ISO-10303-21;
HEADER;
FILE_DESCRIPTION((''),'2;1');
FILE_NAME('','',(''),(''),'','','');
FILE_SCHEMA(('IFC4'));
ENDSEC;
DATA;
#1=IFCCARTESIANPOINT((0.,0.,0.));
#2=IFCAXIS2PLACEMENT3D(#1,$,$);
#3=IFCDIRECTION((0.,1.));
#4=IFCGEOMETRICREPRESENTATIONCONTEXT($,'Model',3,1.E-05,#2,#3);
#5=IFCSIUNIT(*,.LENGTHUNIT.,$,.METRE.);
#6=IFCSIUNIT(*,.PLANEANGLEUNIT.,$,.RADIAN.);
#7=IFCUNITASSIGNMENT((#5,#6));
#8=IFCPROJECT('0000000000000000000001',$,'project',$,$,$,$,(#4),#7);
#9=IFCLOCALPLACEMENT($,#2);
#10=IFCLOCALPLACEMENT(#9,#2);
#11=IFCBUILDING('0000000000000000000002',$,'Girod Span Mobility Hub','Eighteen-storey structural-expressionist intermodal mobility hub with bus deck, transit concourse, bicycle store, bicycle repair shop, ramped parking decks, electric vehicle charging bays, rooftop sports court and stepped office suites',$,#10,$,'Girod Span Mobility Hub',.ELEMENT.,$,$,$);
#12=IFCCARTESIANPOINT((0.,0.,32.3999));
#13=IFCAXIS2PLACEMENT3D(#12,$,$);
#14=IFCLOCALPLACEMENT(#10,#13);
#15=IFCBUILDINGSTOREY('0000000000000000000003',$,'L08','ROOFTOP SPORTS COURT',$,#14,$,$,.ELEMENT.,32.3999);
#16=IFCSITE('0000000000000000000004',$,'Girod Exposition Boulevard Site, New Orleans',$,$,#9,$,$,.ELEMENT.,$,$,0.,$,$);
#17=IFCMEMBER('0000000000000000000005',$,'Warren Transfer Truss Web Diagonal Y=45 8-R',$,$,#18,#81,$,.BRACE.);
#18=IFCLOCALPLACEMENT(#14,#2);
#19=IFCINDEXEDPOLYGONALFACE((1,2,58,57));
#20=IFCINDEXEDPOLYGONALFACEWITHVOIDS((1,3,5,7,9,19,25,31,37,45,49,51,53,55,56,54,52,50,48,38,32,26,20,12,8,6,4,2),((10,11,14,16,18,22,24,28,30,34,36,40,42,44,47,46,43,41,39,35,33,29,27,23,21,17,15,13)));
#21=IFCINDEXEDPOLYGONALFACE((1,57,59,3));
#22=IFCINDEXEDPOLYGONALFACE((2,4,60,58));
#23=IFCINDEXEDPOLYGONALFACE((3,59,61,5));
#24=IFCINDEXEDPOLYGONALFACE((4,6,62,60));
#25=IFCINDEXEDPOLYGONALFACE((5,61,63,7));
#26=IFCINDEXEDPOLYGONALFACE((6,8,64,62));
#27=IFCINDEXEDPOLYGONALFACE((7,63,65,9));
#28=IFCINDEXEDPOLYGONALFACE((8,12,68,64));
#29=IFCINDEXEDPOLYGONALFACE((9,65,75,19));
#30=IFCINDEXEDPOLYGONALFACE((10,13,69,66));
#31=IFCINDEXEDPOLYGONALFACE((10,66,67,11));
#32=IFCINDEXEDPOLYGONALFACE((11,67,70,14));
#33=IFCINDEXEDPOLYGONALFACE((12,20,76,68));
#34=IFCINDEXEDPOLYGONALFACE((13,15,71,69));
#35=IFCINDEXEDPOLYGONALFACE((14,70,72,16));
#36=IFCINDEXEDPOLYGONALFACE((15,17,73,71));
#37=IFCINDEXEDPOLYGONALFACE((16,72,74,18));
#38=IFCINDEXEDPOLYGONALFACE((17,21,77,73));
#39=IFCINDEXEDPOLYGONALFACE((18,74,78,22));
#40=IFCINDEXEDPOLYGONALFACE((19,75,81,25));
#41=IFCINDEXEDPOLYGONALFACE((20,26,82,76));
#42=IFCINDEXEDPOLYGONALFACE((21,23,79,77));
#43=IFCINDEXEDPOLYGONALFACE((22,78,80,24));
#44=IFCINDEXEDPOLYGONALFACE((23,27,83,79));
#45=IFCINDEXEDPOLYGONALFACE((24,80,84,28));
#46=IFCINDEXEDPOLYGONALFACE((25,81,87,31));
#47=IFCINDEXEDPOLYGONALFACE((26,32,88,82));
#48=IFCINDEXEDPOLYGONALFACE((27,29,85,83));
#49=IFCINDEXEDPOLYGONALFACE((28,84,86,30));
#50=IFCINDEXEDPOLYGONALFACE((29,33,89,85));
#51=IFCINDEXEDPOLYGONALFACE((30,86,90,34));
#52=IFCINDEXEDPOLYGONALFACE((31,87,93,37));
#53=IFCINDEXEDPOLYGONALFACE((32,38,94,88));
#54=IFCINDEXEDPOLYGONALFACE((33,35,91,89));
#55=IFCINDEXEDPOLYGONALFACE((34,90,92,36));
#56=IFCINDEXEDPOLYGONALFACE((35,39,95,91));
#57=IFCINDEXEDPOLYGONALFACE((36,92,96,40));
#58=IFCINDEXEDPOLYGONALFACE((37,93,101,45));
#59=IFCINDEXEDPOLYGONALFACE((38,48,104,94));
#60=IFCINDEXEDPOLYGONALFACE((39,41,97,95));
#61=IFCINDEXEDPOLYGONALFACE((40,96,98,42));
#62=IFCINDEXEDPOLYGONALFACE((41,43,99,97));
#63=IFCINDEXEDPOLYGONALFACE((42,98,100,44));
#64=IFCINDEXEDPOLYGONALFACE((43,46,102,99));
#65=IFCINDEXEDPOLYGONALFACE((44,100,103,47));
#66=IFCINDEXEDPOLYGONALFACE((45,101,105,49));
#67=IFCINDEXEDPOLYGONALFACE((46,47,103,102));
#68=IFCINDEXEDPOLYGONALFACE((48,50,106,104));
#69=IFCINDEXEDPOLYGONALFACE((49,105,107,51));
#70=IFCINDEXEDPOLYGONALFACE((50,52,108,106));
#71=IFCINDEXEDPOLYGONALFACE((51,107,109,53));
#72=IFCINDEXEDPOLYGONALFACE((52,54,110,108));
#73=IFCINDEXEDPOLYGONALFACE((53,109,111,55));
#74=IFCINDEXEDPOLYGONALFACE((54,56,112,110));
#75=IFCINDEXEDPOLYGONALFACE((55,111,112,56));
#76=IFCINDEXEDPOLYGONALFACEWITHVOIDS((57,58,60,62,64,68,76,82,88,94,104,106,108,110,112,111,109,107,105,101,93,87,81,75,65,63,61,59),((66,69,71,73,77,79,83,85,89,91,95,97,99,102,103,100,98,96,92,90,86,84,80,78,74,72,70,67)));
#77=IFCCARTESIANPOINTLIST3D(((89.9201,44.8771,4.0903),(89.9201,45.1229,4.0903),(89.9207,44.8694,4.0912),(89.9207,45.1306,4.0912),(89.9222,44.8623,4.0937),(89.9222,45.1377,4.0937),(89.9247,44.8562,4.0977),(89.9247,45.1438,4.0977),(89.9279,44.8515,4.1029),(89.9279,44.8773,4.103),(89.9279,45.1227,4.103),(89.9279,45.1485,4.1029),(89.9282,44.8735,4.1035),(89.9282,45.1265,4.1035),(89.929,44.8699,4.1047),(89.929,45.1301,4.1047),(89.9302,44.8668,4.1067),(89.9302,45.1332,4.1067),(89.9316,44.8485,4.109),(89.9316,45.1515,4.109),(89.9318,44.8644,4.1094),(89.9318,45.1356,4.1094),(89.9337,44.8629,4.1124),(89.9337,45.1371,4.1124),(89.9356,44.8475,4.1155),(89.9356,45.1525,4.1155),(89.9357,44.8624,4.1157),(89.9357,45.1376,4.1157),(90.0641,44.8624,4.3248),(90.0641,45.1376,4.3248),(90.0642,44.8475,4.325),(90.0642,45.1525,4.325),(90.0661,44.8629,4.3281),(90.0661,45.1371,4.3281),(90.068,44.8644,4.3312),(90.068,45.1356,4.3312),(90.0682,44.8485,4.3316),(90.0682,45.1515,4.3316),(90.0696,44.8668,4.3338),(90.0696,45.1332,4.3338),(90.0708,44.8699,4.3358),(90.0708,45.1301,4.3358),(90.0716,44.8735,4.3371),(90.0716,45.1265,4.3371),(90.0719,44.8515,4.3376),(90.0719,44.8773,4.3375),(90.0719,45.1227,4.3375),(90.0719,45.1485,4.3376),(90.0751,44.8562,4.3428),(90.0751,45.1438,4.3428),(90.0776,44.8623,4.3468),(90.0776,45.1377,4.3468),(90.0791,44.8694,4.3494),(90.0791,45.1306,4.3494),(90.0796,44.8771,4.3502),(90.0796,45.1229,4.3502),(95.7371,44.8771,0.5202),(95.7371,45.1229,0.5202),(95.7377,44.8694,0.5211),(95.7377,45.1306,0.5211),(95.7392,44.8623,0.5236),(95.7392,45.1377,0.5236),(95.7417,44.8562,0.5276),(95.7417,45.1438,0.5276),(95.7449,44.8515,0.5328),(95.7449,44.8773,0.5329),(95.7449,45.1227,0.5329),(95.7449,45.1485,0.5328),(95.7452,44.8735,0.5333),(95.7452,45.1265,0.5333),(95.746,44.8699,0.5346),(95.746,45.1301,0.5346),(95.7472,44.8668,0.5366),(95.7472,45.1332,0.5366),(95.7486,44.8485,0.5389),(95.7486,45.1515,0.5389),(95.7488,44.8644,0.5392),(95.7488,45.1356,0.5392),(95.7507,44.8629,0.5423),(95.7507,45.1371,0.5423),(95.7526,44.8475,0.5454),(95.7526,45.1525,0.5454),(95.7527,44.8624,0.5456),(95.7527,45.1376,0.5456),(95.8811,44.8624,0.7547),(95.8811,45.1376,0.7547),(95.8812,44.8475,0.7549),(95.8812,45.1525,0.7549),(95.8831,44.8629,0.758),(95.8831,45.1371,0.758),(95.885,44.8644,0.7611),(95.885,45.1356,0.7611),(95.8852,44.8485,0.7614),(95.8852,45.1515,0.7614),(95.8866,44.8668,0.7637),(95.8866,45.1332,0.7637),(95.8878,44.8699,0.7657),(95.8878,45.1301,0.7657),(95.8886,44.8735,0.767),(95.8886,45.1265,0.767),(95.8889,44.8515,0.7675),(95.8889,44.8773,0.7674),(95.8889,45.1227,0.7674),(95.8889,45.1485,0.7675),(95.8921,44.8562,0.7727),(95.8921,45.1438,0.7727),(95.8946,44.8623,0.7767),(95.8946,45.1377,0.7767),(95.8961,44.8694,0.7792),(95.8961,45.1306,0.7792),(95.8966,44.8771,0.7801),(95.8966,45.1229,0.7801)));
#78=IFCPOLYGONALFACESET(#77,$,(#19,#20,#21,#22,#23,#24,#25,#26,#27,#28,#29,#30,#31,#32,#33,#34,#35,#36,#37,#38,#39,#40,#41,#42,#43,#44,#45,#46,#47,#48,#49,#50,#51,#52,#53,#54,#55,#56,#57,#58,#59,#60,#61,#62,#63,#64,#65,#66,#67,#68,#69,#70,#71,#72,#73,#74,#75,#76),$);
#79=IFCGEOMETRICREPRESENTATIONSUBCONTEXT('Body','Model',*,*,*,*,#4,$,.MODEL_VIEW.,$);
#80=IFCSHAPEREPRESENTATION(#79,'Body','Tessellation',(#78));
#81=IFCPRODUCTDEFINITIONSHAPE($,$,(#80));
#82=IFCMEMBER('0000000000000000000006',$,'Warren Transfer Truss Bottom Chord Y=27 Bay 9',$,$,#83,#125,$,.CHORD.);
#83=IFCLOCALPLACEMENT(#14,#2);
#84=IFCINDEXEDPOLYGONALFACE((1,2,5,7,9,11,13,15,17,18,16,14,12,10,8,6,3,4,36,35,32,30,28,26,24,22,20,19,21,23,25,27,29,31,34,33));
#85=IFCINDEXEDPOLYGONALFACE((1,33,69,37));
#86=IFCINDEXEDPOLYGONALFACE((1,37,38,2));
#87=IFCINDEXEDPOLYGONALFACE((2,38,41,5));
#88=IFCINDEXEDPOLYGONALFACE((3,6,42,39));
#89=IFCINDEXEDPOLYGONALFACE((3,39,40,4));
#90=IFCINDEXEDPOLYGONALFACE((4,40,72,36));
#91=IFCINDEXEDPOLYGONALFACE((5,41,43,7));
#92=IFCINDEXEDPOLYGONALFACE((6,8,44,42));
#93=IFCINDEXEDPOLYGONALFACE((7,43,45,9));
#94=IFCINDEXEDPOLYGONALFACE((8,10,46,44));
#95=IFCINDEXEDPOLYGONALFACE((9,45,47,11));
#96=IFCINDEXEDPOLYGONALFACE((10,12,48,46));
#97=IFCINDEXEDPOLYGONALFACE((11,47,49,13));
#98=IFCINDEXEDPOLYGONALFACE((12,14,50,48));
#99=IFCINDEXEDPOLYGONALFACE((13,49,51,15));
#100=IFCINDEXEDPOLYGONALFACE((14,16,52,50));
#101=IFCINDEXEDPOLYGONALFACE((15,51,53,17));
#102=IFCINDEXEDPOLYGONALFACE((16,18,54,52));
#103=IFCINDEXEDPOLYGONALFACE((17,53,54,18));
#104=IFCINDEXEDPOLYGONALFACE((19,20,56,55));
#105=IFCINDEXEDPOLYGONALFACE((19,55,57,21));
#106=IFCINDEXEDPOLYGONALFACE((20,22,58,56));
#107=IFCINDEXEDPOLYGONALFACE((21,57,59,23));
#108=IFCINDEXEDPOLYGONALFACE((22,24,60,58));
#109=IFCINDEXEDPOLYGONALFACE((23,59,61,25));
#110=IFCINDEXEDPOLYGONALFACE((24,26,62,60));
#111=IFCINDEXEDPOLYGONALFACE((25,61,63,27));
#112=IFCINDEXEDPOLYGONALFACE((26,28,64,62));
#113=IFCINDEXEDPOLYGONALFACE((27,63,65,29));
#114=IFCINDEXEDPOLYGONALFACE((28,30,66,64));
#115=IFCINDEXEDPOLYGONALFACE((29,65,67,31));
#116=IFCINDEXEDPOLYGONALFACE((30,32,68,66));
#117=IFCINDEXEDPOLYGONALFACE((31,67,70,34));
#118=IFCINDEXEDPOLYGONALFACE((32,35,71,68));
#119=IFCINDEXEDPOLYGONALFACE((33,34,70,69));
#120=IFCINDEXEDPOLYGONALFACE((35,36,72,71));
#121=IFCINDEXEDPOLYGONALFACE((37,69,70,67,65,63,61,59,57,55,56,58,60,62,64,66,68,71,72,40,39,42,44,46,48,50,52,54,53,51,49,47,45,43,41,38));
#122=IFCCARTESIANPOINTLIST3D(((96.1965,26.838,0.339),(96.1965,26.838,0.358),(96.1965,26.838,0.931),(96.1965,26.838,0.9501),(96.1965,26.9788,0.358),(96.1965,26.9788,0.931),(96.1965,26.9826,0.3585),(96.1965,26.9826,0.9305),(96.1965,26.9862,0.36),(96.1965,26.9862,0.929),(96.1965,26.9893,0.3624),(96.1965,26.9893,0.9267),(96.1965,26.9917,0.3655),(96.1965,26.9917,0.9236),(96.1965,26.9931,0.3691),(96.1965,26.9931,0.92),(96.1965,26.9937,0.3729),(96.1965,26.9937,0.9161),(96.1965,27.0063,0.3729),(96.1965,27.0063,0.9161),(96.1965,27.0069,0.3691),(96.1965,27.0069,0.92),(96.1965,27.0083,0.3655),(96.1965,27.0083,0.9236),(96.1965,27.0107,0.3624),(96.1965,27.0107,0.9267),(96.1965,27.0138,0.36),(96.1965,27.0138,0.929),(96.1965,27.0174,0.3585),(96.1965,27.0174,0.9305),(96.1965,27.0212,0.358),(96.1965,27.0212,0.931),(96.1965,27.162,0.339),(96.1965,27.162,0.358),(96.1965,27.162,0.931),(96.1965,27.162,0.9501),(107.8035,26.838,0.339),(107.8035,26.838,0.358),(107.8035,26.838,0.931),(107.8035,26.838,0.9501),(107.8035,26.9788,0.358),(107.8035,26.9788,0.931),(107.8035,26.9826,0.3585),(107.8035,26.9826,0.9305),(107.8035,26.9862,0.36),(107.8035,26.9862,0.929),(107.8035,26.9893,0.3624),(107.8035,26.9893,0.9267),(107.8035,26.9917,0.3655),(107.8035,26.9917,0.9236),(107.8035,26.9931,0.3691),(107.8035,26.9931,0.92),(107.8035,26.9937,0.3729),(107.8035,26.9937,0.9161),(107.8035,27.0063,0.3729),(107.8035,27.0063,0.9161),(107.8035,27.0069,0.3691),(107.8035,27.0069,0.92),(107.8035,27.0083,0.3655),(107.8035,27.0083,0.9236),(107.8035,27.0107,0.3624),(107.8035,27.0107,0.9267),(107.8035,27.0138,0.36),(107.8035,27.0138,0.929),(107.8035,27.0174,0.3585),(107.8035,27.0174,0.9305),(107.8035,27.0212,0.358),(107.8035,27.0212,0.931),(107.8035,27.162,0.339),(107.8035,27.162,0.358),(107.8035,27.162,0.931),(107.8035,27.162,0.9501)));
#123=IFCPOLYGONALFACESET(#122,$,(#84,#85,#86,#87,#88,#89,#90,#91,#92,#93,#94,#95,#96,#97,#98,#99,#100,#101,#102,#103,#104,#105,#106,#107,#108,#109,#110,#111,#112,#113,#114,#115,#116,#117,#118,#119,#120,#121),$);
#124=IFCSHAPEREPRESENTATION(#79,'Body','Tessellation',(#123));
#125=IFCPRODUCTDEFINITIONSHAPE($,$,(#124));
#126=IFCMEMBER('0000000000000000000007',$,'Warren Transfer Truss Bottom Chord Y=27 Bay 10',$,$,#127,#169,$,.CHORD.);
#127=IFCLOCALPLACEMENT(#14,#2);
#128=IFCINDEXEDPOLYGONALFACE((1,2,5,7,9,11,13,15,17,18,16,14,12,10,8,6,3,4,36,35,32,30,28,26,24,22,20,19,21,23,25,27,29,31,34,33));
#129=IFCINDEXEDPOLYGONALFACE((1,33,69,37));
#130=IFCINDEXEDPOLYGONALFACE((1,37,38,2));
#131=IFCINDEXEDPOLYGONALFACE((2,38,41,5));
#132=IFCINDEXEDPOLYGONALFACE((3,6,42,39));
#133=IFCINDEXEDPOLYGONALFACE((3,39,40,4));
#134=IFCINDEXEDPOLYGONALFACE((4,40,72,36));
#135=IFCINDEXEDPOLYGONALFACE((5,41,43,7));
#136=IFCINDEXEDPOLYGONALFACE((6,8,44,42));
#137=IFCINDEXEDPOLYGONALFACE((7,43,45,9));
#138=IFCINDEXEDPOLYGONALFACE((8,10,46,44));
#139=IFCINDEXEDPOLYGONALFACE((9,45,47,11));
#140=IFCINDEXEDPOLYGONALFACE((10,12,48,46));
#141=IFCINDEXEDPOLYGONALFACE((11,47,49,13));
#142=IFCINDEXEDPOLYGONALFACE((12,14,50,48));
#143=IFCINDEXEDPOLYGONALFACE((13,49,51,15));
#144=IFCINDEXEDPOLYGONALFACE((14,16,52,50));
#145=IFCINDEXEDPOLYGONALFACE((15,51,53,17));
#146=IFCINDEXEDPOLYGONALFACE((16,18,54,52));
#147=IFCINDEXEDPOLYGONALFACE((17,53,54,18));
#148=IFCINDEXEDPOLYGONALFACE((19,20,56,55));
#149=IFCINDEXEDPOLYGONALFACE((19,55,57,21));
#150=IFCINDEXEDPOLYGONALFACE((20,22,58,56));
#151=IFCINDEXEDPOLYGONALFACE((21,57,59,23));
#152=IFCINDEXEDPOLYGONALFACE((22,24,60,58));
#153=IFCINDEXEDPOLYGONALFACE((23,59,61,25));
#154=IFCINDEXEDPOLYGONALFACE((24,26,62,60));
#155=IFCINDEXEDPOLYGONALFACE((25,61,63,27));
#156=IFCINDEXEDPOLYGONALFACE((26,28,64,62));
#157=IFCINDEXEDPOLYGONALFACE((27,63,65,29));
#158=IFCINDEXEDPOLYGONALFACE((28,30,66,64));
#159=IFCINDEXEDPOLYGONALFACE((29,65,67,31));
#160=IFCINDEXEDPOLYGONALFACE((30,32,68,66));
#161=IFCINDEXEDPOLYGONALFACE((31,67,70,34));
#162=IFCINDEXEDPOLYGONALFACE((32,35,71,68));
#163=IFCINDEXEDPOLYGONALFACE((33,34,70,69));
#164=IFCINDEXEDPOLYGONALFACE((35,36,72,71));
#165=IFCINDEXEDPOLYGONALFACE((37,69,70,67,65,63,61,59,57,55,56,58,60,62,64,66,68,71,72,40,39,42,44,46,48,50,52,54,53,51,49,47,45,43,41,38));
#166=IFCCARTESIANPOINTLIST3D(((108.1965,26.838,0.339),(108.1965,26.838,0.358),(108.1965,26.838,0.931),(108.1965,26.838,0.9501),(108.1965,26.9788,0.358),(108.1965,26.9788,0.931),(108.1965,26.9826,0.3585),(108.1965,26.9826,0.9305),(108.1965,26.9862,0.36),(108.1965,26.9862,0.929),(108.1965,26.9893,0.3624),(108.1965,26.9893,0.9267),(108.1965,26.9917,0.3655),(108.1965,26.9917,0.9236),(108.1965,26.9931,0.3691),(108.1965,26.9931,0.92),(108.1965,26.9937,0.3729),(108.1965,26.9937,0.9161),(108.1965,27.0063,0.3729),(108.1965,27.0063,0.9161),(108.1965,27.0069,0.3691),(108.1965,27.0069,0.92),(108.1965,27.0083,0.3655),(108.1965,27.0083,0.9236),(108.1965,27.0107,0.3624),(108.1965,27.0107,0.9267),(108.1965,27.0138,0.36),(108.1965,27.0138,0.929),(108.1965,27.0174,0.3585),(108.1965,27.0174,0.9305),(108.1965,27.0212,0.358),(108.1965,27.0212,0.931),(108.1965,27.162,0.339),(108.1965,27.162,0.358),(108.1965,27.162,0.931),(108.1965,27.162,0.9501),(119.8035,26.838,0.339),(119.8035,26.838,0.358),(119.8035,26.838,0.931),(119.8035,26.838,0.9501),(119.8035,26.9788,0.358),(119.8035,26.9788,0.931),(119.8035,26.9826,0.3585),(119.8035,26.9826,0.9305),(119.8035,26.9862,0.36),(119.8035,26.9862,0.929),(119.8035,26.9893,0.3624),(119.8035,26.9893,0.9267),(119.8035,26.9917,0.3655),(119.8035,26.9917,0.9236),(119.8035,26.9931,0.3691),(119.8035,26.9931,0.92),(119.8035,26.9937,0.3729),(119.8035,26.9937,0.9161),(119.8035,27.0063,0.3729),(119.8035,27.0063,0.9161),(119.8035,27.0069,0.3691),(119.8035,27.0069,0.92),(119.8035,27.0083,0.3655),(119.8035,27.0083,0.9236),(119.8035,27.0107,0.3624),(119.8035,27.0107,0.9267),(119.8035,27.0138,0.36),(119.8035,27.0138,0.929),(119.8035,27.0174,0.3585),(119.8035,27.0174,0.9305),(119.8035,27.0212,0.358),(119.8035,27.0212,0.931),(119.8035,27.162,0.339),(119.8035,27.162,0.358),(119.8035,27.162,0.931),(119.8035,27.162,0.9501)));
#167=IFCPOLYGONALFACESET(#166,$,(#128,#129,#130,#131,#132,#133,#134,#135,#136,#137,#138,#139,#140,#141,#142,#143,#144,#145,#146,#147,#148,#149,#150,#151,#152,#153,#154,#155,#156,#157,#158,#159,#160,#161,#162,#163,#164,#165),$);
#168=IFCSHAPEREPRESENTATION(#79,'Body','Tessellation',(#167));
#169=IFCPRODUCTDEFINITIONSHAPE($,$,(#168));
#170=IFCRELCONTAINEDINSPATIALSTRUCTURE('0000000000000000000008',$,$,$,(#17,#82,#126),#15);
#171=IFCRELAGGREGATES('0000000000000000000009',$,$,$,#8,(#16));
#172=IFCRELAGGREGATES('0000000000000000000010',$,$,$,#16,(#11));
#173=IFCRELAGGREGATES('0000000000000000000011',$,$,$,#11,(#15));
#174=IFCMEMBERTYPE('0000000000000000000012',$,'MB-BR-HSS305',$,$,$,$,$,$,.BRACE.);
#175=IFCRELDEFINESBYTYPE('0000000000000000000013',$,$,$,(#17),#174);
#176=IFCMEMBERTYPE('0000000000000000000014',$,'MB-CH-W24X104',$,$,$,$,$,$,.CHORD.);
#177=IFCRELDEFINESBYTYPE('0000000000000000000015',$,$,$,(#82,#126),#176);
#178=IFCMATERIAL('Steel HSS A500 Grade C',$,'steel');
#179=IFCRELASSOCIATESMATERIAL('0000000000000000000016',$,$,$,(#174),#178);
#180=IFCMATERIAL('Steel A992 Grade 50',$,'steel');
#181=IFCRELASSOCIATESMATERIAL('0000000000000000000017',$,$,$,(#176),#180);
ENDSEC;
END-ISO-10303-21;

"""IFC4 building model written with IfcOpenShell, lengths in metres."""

from ifc_helpers import new_model, si_unit, direction, frame, origin, origin_2d, place, context, subcontext, project, spatial, hollow_rectangle, i_section, extrude, material, material_profile, profile_set, type_object, element, save


model = new_model("IFC4")

# Units and contexts
model_context = context("Model", 3, precision=1e-05, world=origin(), true_north=direction((0.0, 1.0)))
body_context = subcontext(model_context, "Body", "Model", "MODEL_VIEW")
ifc_project = project(units=[si_unit("LENGTHUNIT", "METRE"), si_unit("PLANEANGLEUNIT", "RADIAN")], contexts=[model_context])

# Site, building, storey
site_placement = place(None, origin())
site = spatial("IfcSite", under=ifc_project, at=site_placement, Name="Girod Exposition Boulevard Site, New Orleans", CompositionType="ELEMENT", RefElevation=0.0)
building_placement = place(site_placement, origin())
building = spatial("IfcBuilding", under=site, at=building_placement, Name="Girod Span Mobility Hub", Description="Eighteen-storey structural-expressionist intermodal mobility hub with bus deck, transit concourse, bicycle store, bicycle repair shop, ramped parking decks, electric vehicle charging bays, rooftop sports court and stepped office suites", LongName="Girod Span Mobility Hub", CompositionType="ELEMENT")
storey_placement = place(building_placement, frame((0.0, 0.0, 32.3999)))
storey = spatial("IfcBuildingStorey", under=building, at=storey_placement, Name="L08", Description="ROOFTOP SPORTS COURT", CompositionType="ELEMENT", Elevation=32.3999)

# Members
ifc_material_1 = material(Name="Steel HSS A500 Grade C", Category="steel")
ifc_material_profile_1 = material_profile(ifc_material_1, hollow_rectangle(XDim=0.3049, YDim=0.3049, WallThickness=0.0149, InnerFilletRadius=0.0149, OuterFilletRadius=0.0295, at=origin_2d()), Name="HSS305X305X16")
ifc_profile_set_1 = profile_set([ifc_material_profile_1], Name="Steel HSS A500 Grade C")
member_type_1 = type_object("IfcMemberType", Name="MB-BR-HSS305", PredefinedType="BRACE", material=ifc_profile_set_1)
member_1_placement = place(storey_placement, frame((95.8169, 45.0, 0.6501), z_axis=(-0.852283, 0.0, 0.523081), x_axis=(0.0, -1.0, 0.0)))
element("IfcMember", 1, at=member_1_placement, inside=storey, type_object=member_type_1, Name="Warren Transfer Truss Web Diagonal Y=45 8-R", PredefinedType="BRACE", context=body_context, shape_type="SweptSolid", body=[
    extrude(hollow_rectangle(XDim=0.3049, YDim=0.3049, WallThickness=0.0149, InnerFilletRadius=0.0149, OuterFilletRadius=0.0295, at=origin_2d()), origin(), (0.0, 0.0, 1.0), 6.8252),
])
ifc_material_2 = material(Name="Steel A992 Grade 50", Category="steel")
ifc_material_profile_2 = material_profile(ifc_material_2, i_section(OverallWidth=0.324, OverallDepth=0.6111, WebThickness=0.0127, FlangeThickness=0.019, FilletRadius=0.0149, at=origin_2d()), Name="W24X104")
ifc_profile_set_2 = profile_set([ifc_material_profile_2], Name="Steel A992 Grade 50")
member_type_2 = type_object("IfcMemberType", Name="MB-CH-W24X104", PredefinedType="CHORD", material=ifc_profile_set_2)
for number, where, z_axis, x_axis, name in (
    (2, (96.1965, 27.0, 0.6445), (1.0, 0.0, 0.0), (0.0, 1.0, 0.0), "Warren Transfer Truss Bottom Chord Y=27 Bay 9"),
    (3, (108.1965, 27.0, 0.6445), (1.0, 0.0, 0.0), (0.0, 1.0, 0.0), "Warren Transfer Truss Bottom Chord Y=27 Bay 10"),
):
    element("IfcMember", number, at=place(storey_placement, frame(where, z_axis=z_axis, x_axis=x_axis)), inside=storey, type_object=member_type_2, Name=name, PredefinedType="CHORD", context=body_context, shape_type="SweptSolid", body=[
        extrude(i_section(OverallWidth=0.324, OverallDepth=0.6111, WebThickness=0.0127, FlangeThickness=0.019, FilletRadius=0.0149, at=origin_2d()), origin(), (0.0, 0.0, 1.0), 11.6069),
    ])

save(model, "model.ifc")
